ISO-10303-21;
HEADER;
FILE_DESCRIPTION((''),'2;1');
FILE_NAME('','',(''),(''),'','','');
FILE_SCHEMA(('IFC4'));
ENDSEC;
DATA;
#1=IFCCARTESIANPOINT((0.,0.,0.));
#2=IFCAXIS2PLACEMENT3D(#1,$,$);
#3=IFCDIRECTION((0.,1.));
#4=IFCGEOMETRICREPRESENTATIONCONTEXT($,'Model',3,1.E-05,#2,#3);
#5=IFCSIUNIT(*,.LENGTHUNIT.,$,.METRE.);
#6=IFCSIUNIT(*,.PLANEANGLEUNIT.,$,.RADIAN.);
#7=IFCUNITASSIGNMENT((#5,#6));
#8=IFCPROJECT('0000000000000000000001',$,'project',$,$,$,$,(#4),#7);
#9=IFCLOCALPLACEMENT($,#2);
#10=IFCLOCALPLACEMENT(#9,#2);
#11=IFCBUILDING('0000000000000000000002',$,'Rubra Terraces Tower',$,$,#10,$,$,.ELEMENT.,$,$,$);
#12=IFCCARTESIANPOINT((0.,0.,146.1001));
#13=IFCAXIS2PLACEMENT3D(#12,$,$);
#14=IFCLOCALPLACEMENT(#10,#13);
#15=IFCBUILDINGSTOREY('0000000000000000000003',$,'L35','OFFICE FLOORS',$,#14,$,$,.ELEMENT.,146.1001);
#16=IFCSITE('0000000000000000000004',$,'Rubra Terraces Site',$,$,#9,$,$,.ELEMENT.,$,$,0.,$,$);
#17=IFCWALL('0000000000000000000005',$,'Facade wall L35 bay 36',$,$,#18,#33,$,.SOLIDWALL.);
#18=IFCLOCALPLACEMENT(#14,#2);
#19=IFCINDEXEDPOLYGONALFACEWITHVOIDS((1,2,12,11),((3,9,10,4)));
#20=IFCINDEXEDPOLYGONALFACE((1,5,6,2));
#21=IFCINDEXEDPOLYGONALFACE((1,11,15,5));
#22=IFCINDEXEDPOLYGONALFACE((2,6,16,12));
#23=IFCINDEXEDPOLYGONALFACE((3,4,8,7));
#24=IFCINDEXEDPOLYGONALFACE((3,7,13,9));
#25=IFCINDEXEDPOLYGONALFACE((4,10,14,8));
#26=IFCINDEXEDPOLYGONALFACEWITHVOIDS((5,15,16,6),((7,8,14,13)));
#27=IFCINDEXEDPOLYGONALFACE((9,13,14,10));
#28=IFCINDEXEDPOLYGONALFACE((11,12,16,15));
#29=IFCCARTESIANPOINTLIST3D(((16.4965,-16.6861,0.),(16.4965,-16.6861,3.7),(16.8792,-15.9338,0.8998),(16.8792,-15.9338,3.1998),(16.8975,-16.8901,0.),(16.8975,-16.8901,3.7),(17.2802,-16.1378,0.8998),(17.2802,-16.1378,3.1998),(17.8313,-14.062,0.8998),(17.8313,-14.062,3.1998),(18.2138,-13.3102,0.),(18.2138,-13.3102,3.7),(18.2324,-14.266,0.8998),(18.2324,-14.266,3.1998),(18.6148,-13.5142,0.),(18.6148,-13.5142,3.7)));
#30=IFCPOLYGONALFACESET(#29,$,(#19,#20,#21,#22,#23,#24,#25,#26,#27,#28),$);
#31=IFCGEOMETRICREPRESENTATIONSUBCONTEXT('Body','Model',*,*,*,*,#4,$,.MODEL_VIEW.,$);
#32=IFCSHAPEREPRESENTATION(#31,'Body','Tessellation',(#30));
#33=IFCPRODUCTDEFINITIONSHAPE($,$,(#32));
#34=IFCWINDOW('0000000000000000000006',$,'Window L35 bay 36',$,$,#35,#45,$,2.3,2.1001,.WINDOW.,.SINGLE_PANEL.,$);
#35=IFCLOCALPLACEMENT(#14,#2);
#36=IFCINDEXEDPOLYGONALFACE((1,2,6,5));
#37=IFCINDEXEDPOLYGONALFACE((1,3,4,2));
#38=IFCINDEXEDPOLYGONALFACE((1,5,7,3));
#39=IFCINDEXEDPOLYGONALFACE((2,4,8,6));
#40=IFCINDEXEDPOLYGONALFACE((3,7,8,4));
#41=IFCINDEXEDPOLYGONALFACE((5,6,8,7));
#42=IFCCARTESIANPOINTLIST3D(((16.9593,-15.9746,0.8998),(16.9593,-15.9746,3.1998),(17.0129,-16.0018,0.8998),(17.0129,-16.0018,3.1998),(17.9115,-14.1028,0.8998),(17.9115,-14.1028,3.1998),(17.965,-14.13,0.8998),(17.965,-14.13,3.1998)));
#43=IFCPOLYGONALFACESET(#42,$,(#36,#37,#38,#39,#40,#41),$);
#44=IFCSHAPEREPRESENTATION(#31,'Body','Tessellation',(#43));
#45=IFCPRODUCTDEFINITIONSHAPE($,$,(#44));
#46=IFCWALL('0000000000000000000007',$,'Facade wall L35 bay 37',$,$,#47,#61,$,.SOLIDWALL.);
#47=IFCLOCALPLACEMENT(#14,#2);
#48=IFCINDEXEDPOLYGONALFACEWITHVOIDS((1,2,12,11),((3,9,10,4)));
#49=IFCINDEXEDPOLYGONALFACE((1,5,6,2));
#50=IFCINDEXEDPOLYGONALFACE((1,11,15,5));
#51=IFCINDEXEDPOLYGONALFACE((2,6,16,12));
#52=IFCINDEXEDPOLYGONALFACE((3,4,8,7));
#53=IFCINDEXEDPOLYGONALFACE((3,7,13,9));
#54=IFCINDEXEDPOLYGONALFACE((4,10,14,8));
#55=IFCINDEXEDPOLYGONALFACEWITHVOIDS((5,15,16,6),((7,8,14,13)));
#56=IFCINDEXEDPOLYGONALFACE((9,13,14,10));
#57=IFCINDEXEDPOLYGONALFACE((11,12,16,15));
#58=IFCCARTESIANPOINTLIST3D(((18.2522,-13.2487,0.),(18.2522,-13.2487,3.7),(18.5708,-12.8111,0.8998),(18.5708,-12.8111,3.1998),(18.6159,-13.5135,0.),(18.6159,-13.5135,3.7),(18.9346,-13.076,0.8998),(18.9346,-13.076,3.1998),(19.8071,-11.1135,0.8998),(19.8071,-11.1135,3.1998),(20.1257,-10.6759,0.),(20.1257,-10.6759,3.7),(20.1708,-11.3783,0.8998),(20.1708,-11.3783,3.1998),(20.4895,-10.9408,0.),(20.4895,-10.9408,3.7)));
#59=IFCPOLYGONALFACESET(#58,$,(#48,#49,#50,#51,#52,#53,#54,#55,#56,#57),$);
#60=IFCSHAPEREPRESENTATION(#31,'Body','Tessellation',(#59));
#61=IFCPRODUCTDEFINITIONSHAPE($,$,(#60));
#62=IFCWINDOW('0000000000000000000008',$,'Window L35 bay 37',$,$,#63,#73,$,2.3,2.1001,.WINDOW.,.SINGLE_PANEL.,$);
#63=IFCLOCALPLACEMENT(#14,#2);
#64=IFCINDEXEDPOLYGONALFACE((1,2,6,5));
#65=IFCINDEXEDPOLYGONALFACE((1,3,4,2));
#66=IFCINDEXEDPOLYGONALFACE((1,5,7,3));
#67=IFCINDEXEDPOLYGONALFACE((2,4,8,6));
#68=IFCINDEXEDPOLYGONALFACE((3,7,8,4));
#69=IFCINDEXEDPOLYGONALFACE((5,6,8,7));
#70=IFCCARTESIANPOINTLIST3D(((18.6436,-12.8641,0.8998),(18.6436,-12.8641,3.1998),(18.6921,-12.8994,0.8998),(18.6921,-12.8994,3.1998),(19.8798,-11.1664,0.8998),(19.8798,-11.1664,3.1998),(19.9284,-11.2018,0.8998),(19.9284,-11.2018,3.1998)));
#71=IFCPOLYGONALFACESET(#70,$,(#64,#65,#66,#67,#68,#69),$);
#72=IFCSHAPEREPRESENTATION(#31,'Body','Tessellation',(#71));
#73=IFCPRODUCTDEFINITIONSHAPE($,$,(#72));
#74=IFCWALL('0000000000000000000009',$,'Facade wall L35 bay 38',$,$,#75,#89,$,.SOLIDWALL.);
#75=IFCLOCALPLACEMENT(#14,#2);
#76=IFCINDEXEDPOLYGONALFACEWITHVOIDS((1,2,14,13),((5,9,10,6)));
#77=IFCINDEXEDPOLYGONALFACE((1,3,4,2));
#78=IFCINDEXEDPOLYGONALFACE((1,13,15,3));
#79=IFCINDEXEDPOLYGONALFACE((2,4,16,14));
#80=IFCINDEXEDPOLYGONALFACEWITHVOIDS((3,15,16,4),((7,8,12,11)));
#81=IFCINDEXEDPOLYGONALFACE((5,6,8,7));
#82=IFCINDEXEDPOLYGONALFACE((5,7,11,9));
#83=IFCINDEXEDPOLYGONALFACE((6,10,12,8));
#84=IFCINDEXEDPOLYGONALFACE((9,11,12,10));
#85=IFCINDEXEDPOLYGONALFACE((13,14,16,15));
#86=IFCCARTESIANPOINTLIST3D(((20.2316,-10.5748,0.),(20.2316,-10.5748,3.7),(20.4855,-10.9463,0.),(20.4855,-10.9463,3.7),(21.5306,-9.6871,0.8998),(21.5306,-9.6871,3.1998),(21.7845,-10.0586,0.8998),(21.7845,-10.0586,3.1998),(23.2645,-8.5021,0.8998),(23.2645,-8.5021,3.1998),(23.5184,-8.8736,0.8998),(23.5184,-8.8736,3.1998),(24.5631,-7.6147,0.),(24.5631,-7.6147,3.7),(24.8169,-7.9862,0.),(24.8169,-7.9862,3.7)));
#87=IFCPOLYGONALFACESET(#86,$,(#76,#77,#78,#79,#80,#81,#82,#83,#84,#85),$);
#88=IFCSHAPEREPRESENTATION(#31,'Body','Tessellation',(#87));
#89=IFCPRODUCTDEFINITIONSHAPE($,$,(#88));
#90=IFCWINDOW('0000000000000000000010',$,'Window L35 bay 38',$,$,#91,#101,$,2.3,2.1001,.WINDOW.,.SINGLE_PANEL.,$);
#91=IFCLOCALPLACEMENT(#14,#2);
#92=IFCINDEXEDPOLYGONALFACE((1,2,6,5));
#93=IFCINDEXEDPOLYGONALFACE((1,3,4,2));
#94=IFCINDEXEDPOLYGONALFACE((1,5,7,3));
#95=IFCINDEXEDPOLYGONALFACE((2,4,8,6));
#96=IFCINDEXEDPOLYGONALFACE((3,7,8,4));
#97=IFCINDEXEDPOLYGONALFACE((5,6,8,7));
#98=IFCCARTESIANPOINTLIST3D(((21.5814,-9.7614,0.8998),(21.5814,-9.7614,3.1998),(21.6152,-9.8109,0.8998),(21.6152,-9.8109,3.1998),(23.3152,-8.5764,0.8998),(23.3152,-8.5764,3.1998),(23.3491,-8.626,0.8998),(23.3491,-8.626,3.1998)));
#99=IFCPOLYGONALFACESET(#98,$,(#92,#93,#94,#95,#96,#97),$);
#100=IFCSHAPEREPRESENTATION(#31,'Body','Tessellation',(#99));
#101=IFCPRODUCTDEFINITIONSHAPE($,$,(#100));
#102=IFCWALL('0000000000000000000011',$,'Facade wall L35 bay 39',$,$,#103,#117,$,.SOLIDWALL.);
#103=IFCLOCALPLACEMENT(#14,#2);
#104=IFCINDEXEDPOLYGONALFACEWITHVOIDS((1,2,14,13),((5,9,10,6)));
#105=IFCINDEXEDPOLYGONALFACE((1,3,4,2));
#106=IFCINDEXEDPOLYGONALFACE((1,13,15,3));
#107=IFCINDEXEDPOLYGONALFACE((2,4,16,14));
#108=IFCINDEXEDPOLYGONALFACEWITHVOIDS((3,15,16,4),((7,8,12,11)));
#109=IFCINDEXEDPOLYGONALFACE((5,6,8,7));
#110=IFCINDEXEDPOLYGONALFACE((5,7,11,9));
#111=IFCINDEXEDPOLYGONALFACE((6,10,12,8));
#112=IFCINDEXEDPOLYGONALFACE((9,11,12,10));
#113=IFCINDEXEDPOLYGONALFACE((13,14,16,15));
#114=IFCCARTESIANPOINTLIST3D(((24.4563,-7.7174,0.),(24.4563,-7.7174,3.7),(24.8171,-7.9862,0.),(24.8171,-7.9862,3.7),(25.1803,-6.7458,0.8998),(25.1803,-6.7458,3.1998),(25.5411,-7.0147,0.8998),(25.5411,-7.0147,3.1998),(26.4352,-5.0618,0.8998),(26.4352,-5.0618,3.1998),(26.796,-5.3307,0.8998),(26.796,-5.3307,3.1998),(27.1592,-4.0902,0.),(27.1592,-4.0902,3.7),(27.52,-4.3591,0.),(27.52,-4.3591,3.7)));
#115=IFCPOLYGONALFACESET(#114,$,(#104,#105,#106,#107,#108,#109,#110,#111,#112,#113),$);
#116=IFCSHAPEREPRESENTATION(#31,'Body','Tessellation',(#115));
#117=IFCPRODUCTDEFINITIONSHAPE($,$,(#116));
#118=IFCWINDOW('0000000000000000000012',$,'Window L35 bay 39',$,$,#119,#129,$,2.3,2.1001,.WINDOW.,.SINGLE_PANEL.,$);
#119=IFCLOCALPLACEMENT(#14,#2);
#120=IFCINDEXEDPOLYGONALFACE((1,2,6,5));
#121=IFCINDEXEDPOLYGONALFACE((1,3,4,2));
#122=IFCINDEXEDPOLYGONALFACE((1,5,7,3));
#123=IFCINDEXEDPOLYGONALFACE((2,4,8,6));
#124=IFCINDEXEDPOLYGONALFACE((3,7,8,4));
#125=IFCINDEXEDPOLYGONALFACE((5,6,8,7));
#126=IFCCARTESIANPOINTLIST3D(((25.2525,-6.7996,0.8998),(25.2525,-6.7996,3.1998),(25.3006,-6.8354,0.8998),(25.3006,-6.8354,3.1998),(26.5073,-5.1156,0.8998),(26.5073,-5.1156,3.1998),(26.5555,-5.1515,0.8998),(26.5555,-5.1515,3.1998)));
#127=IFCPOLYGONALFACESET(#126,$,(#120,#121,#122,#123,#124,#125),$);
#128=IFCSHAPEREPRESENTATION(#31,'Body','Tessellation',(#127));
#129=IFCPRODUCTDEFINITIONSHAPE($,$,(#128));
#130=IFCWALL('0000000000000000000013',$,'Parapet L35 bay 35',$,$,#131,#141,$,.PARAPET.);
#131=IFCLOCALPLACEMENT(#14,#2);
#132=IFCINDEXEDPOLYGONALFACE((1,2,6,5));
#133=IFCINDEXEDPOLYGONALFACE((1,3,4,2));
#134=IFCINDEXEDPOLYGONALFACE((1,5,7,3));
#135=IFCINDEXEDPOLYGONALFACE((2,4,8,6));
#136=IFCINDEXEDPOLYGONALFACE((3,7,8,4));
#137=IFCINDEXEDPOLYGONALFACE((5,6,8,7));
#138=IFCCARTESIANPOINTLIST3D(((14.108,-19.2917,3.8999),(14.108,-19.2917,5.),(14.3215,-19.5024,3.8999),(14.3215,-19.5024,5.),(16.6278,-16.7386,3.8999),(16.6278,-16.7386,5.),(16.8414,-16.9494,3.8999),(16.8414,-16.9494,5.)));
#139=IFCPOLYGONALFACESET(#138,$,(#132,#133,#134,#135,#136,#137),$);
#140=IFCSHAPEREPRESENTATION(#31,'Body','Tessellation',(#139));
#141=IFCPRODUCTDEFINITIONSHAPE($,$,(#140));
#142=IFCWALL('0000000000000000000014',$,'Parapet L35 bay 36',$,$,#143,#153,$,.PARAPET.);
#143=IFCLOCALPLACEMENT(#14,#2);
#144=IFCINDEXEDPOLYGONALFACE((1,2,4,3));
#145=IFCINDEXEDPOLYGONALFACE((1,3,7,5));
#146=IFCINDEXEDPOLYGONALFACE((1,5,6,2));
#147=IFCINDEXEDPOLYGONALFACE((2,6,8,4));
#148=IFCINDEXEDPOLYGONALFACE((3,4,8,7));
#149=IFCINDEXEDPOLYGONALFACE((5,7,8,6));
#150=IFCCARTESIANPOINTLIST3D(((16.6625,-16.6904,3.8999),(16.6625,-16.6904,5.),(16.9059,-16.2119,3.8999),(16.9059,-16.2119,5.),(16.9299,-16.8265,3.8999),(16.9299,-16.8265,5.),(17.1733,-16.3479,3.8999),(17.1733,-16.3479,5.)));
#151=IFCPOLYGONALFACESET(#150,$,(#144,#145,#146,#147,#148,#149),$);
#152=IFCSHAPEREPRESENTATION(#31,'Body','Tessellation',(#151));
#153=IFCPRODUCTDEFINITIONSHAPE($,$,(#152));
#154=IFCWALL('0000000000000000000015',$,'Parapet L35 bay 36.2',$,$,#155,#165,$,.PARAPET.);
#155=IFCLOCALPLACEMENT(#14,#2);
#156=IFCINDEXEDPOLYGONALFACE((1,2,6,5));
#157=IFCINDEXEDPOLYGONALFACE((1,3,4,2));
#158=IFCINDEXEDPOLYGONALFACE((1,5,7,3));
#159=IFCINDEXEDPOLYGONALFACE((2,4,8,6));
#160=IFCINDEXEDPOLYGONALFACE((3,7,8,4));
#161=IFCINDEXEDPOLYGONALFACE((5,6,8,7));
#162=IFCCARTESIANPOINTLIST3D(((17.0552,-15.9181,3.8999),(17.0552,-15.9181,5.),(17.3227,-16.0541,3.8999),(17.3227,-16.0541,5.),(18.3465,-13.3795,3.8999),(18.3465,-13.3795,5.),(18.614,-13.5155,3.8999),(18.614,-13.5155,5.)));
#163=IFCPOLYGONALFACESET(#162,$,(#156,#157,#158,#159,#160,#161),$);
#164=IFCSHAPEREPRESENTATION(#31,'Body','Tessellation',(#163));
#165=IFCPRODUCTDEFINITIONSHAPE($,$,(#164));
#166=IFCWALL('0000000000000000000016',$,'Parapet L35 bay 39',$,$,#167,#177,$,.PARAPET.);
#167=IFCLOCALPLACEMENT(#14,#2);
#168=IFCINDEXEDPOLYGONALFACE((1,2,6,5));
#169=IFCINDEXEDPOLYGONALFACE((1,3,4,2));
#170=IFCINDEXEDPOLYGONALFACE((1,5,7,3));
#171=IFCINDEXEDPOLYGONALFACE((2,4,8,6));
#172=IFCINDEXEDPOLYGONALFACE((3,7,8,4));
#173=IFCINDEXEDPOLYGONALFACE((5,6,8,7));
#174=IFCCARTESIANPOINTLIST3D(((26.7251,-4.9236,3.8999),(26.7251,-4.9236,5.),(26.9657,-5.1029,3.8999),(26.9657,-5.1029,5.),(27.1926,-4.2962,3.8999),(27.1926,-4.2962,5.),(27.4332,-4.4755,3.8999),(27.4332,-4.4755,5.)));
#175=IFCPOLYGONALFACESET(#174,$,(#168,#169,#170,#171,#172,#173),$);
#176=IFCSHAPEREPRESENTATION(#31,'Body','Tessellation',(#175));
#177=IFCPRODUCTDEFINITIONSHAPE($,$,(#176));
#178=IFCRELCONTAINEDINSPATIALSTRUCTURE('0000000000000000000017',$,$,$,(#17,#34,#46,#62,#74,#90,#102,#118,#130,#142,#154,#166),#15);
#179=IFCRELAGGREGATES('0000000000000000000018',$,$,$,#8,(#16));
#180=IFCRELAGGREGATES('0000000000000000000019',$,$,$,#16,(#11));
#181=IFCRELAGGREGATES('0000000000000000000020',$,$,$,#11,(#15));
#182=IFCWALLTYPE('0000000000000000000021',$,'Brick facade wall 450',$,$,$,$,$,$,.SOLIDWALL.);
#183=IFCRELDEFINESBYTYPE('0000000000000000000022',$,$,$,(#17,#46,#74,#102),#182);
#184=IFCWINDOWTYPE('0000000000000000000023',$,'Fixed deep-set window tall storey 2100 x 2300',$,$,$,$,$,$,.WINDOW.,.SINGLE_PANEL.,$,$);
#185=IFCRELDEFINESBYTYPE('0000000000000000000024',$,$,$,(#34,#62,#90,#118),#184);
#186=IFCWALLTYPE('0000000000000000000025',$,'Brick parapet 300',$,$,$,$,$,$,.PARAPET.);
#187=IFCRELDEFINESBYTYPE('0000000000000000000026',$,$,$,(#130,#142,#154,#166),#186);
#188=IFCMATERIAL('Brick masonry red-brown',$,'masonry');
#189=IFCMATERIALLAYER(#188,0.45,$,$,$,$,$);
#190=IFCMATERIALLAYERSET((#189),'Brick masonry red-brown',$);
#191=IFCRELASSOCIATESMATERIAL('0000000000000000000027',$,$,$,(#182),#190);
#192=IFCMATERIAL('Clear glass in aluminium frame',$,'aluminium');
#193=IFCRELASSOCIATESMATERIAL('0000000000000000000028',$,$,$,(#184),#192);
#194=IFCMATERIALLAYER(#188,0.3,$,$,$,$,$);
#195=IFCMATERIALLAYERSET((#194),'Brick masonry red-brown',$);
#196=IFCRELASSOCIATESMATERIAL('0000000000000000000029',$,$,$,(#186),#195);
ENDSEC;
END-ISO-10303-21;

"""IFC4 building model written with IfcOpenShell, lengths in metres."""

from ifc_helpers import new_model, si_unit, direction, frame, frame_2d, origin, place, context, subcontext, project, spatial, rectangle, extrude, material, layer, layer_set, type_object, element, fill, save


model = new_model("IFC4")

# Units and contexts
model_context = context("Model", 3, precision=1e-05, world=origin(), true_north=direction((0.0, 1.0)))
body_context = subcontext(model_context, "Body", "Model", "MODEL_VIEW")
ifc_project = project(units=[si_unit("LENGTHUNIT", "METRE"), si_unit("PLANEANGLEUNIT", "RADIAN")], contexts=[model_context])

# Site, building, storey
site_placement = place(None, origin())
site = spatial("IfcSite", under=ifc_project, at=site_placement, Name="Rubra Terraces Site", CompositionType="ELEMENT", RefElevation=0.0)
building_placement = place(site_placement, origin())
building = spatial("IfcBuilding", under=site, at=building_placement, Name="Rubra Terraces Tower", CompositionType="ELEMENT")
storey_placement = place(building_placement, frame((0.0, 0.0, 146.1001)))
storey = spatial("IfcBuildingStorey", under=building, at=storey_placement, Name="L35", Description="OFFICE FLOORS", CompositionType="ELEMENT", Elevation=146.1001)

# Walls, openings, windows
ifc_material_1 = material(Name="Brick masonry red-brown", Category="masonry")
ifc_layer_1 = layer(ifc_material_1, 0.45)
ifc_layer_set_1 = layer_set([ifc_layer_1], Name="Brick masonry red-brown")
wall_type_1 = type_object("IfcWallType", Name="Brick facade wall 450", PredefinedType="SOLIDWALL", material=ifc_layer_set_1)
wall_1_placement = place(storey_placement, frame((16.697, -16.7881, 0.0), z_axis=(0.0, 0.0, 1.0), x_axis=(0.453391, 0.891312, 0.0)))
wall_1 = element("IfcWall", 1, at=wall_1_placement, inside=storey, type_object=wall_type_1, Name="Facade wall L35 bay 36", PredefinedType="SOLIDWALL", context=body_context, shape_type="SweptSolid", body=[
    extrude(rectangle(XDim=3.7876, YDim=0.45, at=frame_2d((1.8938, 0.0))), origin(), (0.0, 0.0, 1.0), 3.7),
])
opening_1_placement = place(wall_1_placement, frame((0.844, 0.0, 0.8999)))
opening_1 = element("IfcOpeningElement", 2, at=opening_1_placement, cuts=wall_1, PredefinedType="OPENING", context=body_context, shape_type="SweptSolid", body=[
    extrude(rectangle(XDim=2.1001, YDim=2.3, at=frame_2d((1.05, 1.1499))), frame((0.0, 0.2349, 0.0), z_axis=(0.0, -1.0, 0.0), x_axis=(1.0, 0.0, 0.0)), (0.0, 0.0, 1.0), 0.47),
])
ifc_material_2 = material(Name="Clear glass in aluminium frame", Category="aluminium")
window_type = type_object("IfcWindowType", Name="Fixed deep-set window tall storey 2100 x 2300", PartitioningType="SINGLE_PANEL", PredefinedType="WINDOW", material=ifc_material_2)
window_1_placement = place(opening_1_placement, origin())
window_1 = element("IfcWindow", 3, at=window_1_placement, inside=storey, type_object=window_type, Name="Window L35 bay 36", OverallHeight=2.3, OverallWidth=2.1001, PartitioningType="SINGLE_PANEL", PredefinedType="WINDOW", context=body_context, shape_type="SweptSolid", body=[
    extrude(rectangle(XDim=2.1001, YDim=2.3, at=frame_2d((1.05, 1.1499))), frame((0.0, 0.135, 0.0), z_axis=(0.0, -1.0, 0.0), x_axis=(1.0, 0.0, 0.0)), (0.0, 0.0, 1.0), 0.0601),
])
fill(opening_1, window_1)
wall_2_placement = place(storey_placement, frame((18.4341, -13.3811, 0.0), z_axis=(0.0, 0.0, 1.0), x_axis=(0.588673, 0.808371, 0.0)))
wall_2 = element("IfcWall", 4, at=wall_2_placement, inside=storey, type_object=wall_type_1, Name="Facade wall L35 bay 37", PredefinedType="SOLIDWALL", context=body_context, shape_type="SweptSolid", body=[
    extrude(rectangle(XDim=3.1826, YDim=0.45, at=frame_2d((1.5913, 0.0))), origin(), (0.0, 0.0, 1.0), 3.7),
])
opening_2_placement = place(wall_2_placement, frame((0.5413, 0.0, 0.8999)))
opening_2 = element("IfcOpeningElement", 5, at=opening_2_placement, cuts=wall_2, PredefinedType="OPENING", context=body_context, shape_type="SweptSolid", body=[
    extrude(rectangle(XDim=2.1001, YDim=2.3, at=frame_2d((1.05, 1.1499))), frame((0.0, 0.2349, 0.0), z_axis=(0.0, -1.0, 0.0), x_axis=(1.0, 0.0, 0.0)), (0.0, 0.0, 1.0), 0.47),
])
window_2_placement = place(opening_2_placement, origin())
window_2 = element("IfcWindow", 6, at=window_2_placement, inside=storey, type_object=window_type, Name="Window L35 bay 37", OverallHeight=2.3, OverallWidth=2.1001, PartitioningType="SINGLE_PANEL", PredefinedType="WINDOW", context=body_context, shape_type="SweptSolid", body=[
    extrude(rectangle(XDim=2.1001, YDim=2.3, at=frame_2d((1.05, 1.1499))), frame((0.0, 0.135, 0.0), z_axis=(0.0, -1.0, 0.0), x_axis=(1.0, 0.0, 0.0)), (0.0, 0.0, 1.0), 0.0601),
])
fill(opening_2, window_2)
wall_3_placement = place(storey_placement, frame((20.3586, -10.7605, 0.0), z_axis=(0.0, 0.0, 1.0), x_axis=(0.825616, 0.564232, 0.0)))
wall_3 = element("IfcWall", 7, at=wall_3_placement, inside=storey, type_object=wall_type_1, Name="Facade wall L35 bay 38", PredefinedType="SOLIDWALL", context=body_context, shape_type="SweptSolid", body=[
    extrude(rectangle(XDim=5.2463, YDim=0.45, at=frame_2d((2.623, 0.0))), origin(), (0.0, 0.0, 1.0), 3.7),
])
opening_3_placement = place(wall_3_placement, frame((1.5732, 0.0, 0.8999)))
opening_3 = element("IfcOpeningElement", 8, at=opening_3_placement, cuts=wall_3, PredefinedType="OPENING", context=body_context, shape_type="SweptSolid", body=[
    extrude(rectangle(XDim=2.1001, YDim=2.3, at=frame_2d((1.05, 1.1499))), frame((0.0, 0.2349, 0.0), z_axis=(0.0, -1.0, 0.0), x_axis=(1.0, 0.0, 0.0)), (0.0, 0.0, 1.0), 0.47),
])
window_3_placement = place(opening_3_placement, origin())
window_3 = element("IfcWindow", 9, at=window_3_placement, inside=storey, type_object=window_type, Name="Window L35 bay 38", OverallHeight=2.3, OverallWidth=2.1001, PartitioningType="SINGLE_PANEL", PredefinedType="WINDOW", context=body_context, shape_type="SweptSolid", body=[
    extrude(rectangle(XDim=2.1001, YDim=2.3, at=frame_2d((1.05, 1.1499))), frame((0.0, 0.135, 0.0), z_axis=(0.0, -1.0, 0.0), x_axis=(1.0, 0.0, 0.0)), (0.0, 0.0, 1.0), 0.0601),
])
fill(opening_3, window_3)
wall_4_placement = place(storey_placement, frame((24.6367, -7.8518, 0.0), z_axis=(0.0, 0.0, 1.0), x_axis=(0.597519, 0.801855, 0.0)))
wall_4 = element("IfcWall", 10, at=wall_4_placement, inside=storey, type_object=wall_type_1, Name="Facade wall L35 bay 39", PredefinedType="SOLIDWALL", context=body_context, shape_type="SweptSolid", body=[
    extrude(rectangle(XDim=4.5234, YDim=0.45, at=frame_2d((2.2617, 0.0))), origin(), (0.0, 0.0, 1.0), 3.7),
])
opening_4_placement = place(wall_4_placement, frame((1.2117, 0.0, 0.8999)))
opening_4 = element("IfcOpeningElement", 11, at=opening_4_placement, cuts=wall_4, PredefinedType="OPENING", context=body_context, shape_type="SweptSolid", body=[
    extrude(rectangle(XDim=2.1001, YDim=2.3, at=frame_2d((1.05, 1.1499))), frame((0.0, 0.2349, 0.0), z_axis=(0.0, -1.0, 0.0), x_axis=(1.0, 0.0, 0.0)), (0.0, 0.0, 1.0), 0.47),
])
window_4_placement = place(opening_4_placement, origin())
window_4 = element("IfcWindow", 12, at=window_4_placement, inside=storey, type_object=window_type, Name="Window L35 bay 39", OverallHeight=2.3, OverallWidth=2.1001, PartitioningType="SINGLE_PANEL", PredefinedType="WINDOW", context=body_context, shape_type="SweptSolid", body=[
    extrude(rectangle(XDim=2.1001, YDim=2.3, at=frame_2d((1.05, 1.1499))), frame((0.0, 0.135, 0.0), z_axis=(0.0, -1.0, 0.0), x_axis=(1.0, 0.0, 0.0)), (0.0, 0.0, 1.0), 0.0601),
])
fill(opening_4, window_4)

# Walls
ifc_layer_2 = layer(ifc_material_1, 0.3)
ifc_layer_set_2 = layer_set([ifc_layer_2], Name="Brick masonry red-brown")
wall_type_2 = type_object("IfcWallType", Name="Brick parapet 300", PredefinedType="PARAPET", material=ifc_layer_set_2)
wall_5_placement = place(storey_placement, frame((14.2148, -19.397, 3.8999), z_axis=(0.0, 0.0, 1.0), x_axis=(0.702463, 0.71172, 0.0)))
element("IfcWall", 13, at=wall_5_placement, inside=storey, type_object=wall_type_2, Name="Parapet L35 bay 35", PredefinedType="PARAPET", context=body_context, shape_type="SweptSolid", body=[
    extrude(rectangle(XDim=3.5872, YDim=0.3, at=frame_2d((1.7935, 0.0))), origin(), (0.0, 0.0, 1.0), 1.1001),
])
wall_6_placement = place(storey_placement, frame((16.7961, -16.7585, 3.8999), z_axis=(0.0, 0.0, 1.0), x_axis=(0.453388, 0.891313, 0.0)))
element("IfcWall", 14, at=wall_6_placement, inside=storey, type_object=wall_type_2, Name="Parapet L35 bay 36", PredefinedType="PARAPET", context=body_context, shape_type="SweptSolid", body=[
    extrude(rectangle(XDim=0.5369, YDim=0.3, at=frame_2d((0.2686, 0.0))), origin(), (0.0, 0.0, 1.0), 1.1001),
])
wall_7_placement = place(storey_placement, frame((17.189, -15.9861, 3.8999), z_axis=(0.0, 0.0, 1.0), x_axis=(0.453375, 0.89132, 0.0)))
element("IfcWall", 15, at=wall_7_placement, inside=storey, type_object=wall_type_2, Name="Parapet L35 bay 36.2", PredefinedType="PARAPET", context=body_context, shape_type="SweptSolid", body=[
    extrude(rectangle(XDim=2.8481, YDim=0.3, at=frame_2d((1.4241, 0.0))), origin(), (0.0, 0.0, 1.0), 1.1001),
])
wall_8_placement = place(storey_placement, frame((26.8455, -5.0132, 3.8999), z_axis=(0.0, 0.0, 1.0), x_axis=(0.597501, 0.801868, 0.0)))
element("IfcWall", 16, at=wall_8_placement, inside=storey, type_object=wall_type_2, Name="Parapet L35 bay 39", PredefinedType="PARAPET", context=body_context, shape_type="SweptSolid", body=[
    extrude(rectangle(XDim=0.7825, YDim=0.3, at=frame_2d((0.3911, 0.0))), origin(), (0.0, 0.0, 1.0), 1.1001),
])

save(model, "model.ifc")
